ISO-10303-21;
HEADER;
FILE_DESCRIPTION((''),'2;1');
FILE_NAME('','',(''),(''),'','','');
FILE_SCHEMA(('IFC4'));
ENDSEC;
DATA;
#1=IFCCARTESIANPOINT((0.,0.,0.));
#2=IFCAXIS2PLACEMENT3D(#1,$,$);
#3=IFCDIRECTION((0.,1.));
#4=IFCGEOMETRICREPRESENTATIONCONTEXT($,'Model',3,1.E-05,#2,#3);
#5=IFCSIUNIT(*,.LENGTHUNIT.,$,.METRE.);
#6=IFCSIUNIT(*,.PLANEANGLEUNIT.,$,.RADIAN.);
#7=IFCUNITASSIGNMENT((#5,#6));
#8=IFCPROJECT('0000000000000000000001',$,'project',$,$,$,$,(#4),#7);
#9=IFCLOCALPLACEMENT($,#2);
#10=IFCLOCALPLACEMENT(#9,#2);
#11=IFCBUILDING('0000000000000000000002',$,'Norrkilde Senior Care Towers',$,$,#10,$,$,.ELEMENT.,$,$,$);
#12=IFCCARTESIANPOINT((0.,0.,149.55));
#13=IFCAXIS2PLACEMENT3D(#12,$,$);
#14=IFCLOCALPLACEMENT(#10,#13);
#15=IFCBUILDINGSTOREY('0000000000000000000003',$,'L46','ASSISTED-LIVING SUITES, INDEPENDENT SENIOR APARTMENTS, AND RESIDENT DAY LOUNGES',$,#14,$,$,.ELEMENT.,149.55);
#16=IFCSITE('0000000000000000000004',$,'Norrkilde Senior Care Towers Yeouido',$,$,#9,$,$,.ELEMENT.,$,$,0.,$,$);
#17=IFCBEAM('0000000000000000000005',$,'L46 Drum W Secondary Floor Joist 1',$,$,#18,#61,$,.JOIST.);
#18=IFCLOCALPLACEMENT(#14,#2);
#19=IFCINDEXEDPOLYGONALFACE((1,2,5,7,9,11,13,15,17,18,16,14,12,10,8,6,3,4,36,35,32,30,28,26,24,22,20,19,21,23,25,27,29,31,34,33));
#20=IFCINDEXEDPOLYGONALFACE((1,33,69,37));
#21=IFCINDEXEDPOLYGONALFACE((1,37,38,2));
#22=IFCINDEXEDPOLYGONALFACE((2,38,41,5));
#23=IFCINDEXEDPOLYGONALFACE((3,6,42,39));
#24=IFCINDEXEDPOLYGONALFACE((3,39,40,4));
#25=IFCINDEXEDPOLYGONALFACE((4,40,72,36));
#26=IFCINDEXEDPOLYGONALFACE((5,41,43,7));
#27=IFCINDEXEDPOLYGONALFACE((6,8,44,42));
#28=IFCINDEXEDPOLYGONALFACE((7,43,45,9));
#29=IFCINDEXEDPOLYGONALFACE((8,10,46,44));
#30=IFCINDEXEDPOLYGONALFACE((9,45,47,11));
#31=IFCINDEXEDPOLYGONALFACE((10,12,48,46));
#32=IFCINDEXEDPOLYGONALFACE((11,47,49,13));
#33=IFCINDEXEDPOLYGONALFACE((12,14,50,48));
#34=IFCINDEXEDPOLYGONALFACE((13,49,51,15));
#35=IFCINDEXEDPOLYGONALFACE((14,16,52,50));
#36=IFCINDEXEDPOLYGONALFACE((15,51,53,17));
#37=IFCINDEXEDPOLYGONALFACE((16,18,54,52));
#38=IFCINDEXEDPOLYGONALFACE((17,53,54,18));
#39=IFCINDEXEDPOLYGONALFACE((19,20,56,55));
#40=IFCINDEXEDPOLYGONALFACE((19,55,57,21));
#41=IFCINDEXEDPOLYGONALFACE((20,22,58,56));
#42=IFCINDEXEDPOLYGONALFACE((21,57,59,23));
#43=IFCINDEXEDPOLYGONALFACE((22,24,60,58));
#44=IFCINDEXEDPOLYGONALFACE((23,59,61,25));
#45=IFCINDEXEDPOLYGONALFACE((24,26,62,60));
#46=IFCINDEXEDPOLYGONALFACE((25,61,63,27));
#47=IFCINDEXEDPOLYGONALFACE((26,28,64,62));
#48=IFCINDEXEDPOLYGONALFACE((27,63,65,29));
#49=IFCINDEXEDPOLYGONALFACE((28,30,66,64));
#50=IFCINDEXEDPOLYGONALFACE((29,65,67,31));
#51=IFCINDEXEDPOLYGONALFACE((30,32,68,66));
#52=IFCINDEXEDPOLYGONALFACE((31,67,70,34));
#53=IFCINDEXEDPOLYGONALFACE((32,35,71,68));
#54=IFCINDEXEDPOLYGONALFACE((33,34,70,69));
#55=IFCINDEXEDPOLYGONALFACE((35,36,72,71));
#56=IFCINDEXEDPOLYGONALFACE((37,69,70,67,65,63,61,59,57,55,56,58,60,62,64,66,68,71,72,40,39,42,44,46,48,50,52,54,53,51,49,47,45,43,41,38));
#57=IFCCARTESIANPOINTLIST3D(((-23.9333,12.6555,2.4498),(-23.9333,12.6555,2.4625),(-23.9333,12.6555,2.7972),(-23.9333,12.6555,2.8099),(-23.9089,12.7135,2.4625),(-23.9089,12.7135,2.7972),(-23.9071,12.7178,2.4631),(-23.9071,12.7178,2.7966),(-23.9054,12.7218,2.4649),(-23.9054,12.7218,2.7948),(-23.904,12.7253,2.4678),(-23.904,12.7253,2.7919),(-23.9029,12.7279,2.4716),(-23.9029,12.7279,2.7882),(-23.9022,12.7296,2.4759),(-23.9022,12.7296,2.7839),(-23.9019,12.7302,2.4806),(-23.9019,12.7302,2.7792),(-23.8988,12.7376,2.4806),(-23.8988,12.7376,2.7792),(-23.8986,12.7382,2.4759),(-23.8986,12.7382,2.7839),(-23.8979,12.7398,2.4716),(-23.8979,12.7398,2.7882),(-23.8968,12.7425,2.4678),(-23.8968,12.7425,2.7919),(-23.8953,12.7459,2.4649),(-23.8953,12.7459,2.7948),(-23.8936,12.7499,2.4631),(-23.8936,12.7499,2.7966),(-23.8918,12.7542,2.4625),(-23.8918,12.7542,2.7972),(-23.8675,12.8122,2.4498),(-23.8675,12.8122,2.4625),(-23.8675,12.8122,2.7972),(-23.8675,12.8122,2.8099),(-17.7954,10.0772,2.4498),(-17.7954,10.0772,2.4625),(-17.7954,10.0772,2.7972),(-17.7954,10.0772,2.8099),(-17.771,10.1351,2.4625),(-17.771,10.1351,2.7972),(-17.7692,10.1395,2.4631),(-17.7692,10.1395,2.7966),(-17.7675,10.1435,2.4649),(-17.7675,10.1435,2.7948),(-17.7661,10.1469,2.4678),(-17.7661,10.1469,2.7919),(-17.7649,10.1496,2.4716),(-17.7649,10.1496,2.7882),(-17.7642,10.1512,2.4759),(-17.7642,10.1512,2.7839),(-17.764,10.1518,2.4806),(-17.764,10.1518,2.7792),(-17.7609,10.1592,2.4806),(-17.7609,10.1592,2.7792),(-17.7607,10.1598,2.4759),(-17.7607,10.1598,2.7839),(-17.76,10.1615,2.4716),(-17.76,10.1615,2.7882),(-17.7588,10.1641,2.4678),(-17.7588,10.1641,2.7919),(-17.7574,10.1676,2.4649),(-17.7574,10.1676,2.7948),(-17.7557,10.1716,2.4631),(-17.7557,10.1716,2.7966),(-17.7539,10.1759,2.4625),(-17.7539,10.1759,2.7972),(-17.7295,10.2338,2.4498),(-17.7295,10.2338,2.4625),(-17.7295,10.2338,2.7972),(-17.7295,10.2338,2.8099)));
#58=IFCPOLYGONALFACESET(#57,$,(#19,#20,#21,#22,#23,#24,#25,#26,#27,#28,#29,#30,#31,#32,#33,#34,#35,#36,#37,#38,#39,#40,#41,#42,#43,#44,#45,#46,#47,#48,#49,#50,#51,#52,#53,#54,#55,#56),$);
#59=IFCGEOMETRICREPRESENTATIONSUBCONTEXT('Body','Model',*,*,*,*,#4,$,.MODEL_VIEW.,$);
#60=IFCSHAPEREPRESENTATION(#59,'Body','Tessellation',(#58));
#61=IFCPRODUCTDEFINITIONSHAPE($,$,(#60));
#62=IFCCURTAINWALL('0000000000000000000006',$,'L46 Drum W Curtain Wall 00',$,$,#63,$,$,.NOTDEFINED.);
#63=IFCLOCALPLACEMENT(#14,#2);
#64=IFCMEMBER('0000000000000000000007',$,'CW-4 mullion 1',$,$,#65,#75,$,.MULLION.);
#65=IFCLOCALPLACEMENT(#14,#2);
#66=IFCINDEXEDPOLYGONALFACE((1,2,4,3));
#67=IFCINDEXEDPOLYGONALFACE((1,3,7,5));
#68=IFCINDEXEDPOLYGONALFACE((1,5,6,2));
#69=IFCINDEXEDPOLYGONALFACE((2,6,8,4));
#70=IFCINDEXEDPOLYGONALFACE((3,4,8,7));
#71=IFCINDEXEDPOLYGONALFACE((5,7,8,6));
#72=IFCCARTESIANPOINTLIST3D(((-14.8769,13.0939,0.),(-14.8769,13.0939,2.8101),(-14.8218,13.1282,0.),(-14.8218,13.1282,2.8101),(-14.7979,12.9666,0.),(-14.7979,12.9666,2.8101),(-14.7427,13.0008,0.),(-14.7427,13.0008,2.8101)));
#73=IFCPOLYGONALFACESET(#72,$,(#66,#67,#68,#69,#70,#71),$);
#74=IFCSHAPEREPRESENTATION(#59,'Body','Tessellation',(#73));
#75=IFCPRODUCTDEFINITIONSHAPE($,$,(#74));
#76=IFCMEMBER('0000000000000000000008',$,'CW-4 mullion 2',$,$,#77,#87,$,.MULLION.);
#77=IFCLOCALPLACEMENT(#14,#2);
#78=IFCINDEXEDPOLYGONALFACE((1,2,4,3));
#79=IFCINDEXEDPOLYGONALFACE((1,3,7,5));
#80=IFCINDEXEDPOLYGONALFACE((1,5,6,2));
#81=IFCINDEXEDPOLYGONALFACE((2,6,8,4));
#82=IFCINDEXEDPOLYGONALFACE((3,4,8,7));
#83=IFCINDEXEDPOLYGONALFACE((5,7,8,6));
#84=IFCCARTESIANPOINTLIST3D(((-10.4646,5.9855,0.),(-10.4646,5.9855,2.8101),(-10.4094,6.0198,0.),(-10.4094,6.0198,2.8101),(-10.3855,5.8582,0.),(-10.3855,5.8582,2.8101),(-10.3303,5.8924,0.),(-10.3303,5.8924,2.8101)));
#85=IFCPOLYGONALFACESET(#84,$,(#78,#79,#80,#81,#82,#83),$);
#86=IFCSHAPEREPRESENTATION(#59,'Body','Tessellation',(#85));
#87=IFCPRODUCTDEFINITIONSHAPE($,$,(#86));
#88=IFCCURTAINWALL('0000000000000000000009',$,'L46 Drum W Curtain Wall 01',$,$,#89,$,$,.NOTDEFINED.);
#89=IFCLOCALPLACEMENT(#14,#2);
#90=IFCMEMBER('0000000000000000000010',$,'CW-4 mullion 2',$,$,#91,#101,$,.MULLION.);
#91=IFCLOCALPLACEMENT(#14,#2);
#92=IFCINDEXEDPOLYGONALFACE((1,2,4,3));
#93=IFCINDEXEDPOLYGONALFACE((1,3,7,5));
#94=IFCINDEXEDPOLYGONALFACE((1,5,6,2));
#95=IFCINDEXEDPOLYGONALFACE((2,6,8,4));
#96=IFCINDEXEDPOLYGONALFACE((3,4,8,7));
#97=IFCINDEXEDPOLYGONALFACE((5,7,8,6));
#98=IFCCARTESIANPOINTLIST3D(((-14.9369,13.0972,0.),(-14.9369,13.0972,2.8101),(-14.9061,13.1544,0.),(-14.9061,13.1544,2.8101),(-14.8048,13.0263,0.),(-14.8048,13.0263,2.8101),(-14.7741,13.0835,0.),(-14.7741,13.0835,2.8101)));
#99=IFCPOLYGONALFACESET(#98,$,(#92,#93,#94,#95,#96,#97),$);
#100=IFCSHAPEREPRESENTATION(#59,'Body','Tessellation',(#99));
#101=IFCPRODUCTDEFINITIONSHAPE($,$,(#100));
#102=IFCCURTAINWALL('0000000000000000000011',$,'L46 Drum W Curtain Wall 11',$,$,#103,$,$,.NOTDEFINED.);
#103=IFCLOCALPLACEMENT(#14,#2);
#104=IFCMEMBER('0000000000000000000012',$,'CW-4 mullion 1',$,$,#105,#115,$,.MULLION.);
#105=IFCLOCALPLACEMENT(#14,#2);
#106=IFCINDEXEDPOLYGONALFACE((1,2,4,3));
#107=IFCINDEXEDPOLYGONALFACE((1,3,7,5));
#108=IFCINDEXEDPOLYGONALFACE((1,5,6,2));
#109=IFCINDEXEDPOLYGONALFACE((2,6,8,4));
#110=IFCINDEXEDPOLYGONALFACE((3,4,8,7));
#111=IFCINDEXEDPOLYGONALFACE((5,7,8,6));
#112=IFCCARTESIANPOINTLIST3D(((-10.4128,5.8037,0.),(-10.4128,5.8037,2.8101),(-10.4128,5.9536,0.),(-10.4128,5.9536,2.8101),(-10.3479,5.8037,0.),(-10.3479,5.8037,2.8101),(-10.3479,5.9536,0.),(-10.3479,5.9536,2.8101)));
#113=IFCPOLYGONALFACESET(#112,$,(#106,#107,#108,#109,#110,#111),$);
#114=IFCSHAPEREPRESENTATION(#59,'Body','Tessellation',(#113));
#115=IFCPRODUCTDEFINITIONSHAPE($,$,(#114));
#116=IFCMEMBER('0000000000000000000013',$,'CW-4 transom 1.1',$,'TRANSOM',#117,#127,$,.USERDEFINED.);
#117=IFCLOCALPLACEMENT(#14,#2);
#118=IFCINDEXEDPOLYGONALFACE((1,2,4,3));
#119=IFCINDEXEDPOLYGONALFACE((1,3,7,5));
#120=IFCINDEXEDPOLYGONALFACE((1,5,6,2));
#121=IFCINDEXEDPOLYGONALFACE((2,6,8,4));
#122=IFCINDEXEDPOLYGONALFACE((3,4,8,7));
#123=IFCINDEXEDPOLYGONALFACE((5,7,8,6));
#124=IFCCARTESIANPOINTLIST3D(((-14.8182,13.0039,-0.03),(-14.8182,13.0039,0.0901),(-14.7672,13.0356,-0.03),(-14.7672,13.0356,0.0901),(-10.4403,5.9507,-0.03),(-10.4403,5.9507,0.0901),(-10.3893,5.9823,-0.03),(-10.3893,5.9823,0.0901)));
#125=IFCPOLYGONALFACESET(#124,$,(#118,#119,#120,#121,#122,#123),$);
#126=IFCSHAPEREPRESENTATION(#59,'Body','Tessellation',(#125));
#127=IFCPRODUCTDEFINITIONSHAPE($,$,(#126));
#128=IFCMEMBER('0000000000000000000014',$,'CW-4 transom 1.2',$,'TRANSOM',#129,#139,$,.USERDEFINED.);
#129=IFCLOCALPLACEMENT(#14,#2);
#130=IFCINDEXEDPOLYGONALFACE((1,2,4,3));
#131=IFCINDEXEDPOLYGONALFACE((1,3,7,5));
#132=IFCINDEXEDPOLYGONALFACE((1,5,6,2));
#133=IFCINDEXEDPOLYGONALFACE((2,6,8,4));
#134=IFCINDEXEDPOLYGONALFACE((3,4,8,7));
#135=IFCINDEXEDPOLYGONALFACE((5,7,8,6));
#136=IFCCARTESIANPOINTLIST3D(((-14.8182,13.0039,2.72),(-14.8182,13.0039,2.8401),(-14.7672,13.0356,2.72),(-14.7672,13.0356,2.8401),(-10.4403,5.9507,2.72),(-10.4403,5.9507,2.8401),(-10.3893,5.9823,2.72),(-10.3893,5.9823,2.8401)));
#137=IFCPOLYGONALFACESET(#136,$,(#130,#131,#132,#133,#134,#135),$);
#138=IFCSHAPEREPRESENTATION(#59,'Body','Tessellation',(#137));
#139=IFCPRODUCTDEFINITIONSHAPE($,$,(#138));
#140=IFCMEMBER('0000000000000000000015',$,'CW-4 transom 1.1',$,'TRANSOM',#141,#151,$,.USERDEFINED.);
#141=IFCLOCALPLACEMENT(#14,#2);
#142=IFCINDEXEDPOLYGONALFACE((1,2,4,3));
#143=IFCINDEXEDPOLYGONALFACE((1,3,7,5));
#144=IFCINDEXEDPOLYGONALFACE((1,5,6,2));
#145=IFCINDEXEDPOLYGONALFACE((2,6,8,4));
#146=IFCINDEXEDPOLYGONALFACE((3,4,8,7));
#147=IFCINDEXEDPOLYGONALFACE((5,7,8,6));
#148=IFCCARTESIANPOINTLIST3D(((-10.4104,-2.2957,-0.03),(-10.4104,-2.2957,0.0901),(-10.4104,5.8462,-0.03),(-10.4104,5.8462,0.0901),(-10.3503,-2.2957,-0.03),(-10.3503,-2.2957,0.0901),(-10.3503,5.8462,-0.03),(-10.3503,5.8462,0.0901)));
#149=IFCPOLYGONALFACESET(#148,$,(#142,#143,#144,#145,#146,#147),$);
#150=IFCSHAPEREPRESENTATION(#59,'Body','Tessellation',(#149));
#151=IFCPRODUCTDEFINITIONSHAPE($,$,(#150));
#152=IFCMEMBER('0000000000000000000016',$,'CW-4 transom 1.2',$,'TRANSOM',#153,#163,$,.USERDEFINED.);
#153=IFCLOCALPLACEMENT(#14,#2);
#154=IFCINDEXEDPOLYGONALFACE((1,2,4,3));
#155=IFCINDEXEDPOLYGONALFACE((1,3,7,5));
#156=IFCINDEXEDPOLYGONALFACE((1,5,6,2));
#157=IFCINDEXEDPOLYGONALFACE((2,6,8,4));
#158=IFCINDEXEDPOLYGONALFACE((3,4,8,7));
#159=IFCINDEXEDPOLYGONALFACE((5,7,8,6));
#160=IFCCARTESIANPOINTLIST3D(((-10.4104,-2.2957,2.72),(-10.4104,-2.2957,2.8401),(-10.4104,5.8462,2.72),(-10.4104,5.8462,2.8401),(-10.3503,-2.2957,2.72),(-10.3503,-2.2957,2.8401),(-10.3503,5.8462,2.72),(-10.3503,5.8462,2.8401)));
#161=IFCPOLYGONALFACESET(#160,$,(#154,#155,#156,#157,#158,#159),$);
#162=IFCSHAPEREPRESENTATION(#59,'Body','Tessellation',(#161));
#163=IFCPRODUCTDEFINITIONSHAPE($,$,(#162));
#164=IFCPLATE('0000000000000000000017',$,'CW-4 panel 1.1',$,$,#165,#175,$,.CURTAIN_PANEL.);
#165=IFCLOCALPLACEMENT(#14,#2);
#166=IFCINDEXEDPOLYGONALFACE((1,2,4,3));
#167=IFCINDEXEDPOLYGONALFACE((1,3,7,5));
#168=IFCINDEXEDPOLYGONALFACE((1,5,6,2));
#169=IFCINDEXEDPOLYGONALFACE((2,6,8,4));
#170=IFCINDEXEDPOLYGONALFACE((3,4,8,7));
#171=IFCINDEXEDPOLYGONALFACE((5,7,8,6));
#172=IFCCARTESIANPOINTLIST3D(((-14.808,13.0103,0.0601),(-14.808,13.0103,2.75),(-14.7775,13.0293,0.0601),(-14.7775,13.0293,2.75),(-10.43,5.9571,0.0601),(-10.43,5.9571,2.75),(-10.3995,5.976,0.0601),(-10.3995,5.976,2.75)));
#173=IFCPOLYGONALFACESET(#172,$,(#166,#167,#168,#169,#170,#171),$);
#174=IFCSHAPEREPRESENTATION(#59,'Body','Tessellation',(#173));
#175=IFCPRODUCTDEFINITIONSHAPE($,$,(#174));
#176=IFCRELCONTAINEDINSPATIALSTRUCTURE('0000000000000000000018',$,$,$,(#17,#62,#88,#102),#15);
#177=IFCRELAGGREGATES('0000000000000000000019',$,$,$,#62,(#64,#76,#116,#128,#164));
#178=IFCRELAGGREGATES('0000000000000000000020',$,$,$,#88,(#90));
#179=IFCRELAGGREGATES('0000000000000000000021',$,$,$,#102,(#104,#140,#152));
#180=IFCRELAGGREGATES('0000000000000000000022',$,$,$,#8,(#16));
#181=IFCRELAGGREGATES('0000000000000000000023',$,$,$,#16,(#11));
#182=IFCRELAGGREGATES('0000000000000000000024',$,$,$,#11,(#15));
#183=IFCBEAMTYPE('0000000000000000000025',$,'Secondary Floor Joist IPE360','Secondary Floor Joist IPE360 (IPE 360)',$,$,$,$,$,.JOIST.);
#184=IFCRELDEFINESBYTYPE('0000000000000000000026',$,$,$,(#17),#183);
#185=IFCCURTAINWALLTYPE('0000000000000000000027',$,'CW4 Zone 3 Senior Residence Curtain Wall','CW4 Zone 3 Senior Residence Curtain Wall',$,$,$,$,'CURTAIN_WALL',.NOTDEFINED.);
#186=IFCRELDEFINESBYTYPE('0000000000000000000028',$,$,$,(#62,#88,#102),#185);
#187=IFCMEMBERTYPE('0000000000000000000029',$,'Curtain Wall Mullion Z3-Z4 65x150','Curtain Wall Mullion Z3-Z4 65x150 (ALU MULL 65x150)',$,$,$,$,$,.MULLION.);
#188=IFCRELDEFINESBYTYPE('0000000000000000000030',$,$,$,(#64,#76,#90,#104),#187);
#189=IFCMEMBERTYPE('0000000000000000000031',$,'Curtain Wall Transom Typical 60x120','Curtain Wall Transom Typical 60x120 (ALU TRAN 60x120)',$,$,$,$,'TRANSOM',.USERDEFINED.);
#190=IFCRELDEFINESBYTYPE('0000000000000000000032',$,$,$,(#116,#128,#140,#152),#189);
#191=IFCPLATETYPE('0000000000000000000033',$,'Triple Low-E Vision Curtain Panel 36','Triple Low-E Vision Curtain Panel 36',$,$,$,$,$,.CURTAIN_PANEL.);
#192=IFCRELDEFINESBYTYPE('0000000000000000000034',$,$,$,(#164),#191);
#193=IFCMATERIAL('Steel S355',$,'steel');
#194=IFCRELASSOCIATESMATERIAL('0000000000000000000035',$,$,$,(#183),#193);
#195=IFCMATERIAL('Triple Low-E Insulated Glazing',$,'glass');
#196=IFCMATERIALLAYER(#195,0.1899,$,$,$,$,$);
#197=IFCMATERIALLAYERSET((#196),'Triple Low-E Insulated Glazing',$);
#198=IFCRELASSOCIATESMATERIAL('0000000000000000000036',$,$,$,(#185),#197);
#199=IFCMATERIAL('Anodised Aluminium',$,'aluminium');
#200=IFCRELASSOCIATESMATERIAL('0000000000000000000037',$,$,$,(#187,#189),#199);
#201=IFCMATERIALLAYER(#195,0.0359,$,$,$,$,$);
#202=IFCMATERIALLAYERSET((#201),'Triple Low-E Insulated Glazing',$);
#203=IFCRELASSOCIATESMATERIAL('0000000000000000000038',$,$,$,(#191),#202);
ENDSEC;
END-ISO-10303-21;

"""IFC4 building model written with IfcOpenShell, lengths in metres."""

from ifc_helpers import new_model, si_unit, direction, frame, origin, origin_2d, place, context, subcontext, project, spatial, rectangle, i_section, extrude, source, transform, mapped, material, layer, layer_set, material_profile, profile_set, type_object, type_shapes, element, aggregate, save


model = new_model("IFC4")

# Units and contexts
model_context = context("Model", 3, precision=1e-05, world=origin(), true_north=direction((0.0, 1.0)))
body_context = subcontext(model_context, "Body", "Model", "MODEL_VIEW")
ifc_project = project(units=[si_unit("LENGTHUNIT", "METRE"), si_unit("PLANEANGLEUNIT", "RADIAN")], contexts=[model_context])

# Site, building, storey
site_placement = place(None, origin())
site = spatial("IfcSite", under=ifc_project, at=site_placement, Name="Norrkilde Senior Care Towers Yeouido", CompositionType="ELEMENT", RefElevation=0.0)
building_placement = place(site_placement, origin())
building = spatial("IfcBuilding", under=site, at=building_placement, Name="Norrkilde Senior Care Towers", CompositionType="ELEMENT")
storey_placement = place(building_placement, frame((0.0, 0.0, 149.55)))
storey = spatial("IfcBuildingStorey", under=building, at=storey_placement, Name="L46", Description="ASSISTED-LIVING SUITES, INDEPENDENT SENIOR APARTMENTS, AND RESIDENT DAY LOUNGES", CompositionType="ELEMENT", Elevation=149.55)

# Beam
ifc_material_1 = material(Name="Steel S355", Category="steel")
ifc_material_profile_1 = material_profile(ifc_material_1, i_section(OverallWidth=0.1699, OverallDepth=0.3601, WebThickness=0.0081, FlangeThickness=0.0127, FilletRadius=0.0181, at=origin_2d()), Name="IPE 360")
ifc_profile_set_1 = profile_set([ifc_material_profile_1], Name="Steel S355")
beam_type_1 = type_object("IfcBeamType", Name="Secondary Floor Joist IPE360", Description="Secondary Floor Joist IPE360 (IPE 360)", PredefinedType="JOIST", material=ifc_profile_set_1)
shared_shape_1 = source(origin(), body_context, "Body", "SweptSolid", [
    extrude(i_section(OverallWidth=0.1699, OverallDepth=0.3601, WebThickness=0.0081, FlangeThickness=0.0127, FilletRadius=0.0181, at=origin_2d()), origin(), (0.0, 0.0, 1.0), 6.6575),
])
type_shapes(beam_type_1, [shared_shape_1])
beam_1_placement = place(storey_placement, frame((-17.7625, 10.1555, 2.6299), z_axis=(-0.921959, 0.387288, 0.0), x_axis=(-0.387288, -0.921959, 0.0)))
element("IfcBeam", 1, at=beam_1_placement, inside=storey, type_object=beam_type_1, Name="L46 Drum W Secondary Floor Joist 1", PredefinedType="JOIST", context=body_context, shape_type="MappedRepresentation", body=[
    mapped(shared_shape_1, transform((0.0, 0.0, 0.0), x_axis=(1.0, 0.0, 0.0), y_axis=(0.0, 1.0, 0.0), z_axis=(0.0, 0.0, 1.0), scale=1.0)),
])

# Curtain wall, members
ifc_material_2 = material(Name="Triple Low-E Insulated Glazing", Category="glass")
ifc_layer_1 = layer(ifc_material_2, 0.1899)
ifc_layer_set_1 = layer_set([ifc_layer_1], Name="Triple Low-E Insulated Glazing")
curtain_wall_type = type_object("IfcCurtainWallType", Name="CW4 Zone 3 Senior Residence Curtain Wall", Description="CW4 Zone 3 Senior Residence Curtain Wall", ElementType="CURTAIN_WALL", PredefinedType="NOTDEFINED", material=ifc_layer_set_1)
curtain_wall_1_placement = place(storey_placement, origin())
curtain_wall_1 = element("IfcCurtainWall", 2, at=curtain_wall_1_placement, inside=storey, type_object=curtain_wall_type, Name="L46 Drum W Curtain Wall 00", PredefinedType="NOTDEFINED")
ifc_material_3 = material(Name="Anodised Aluminium", Category="aluminium")
ifc_material_profile_2 = material_profile(ifc_material_3, rectangle(XDim=0.0649, YDim=0.1499, at=origin_2d()), Name="ALU MULL 65x150")
ifc_profile_set_2 = profile_set([ifc_material_profile_2], Name="Anodised Aluminium")
member_type_1 = type_object("IfcMemberType", Name="Curtain Wall Mullion Z3-Z4 65x150", Description="Curtain Wall Mullion Z3-Z4 65x150 (ALU MULL 65x150)", PredefinedType="MULLION", material=ifc_profile_set_2)
shared_shape_2 = source(origin(), body_context, "Body", "SweptSolid", [
    extrude(rectangle(XDim=0.0649, YDim=0.1499, at=origin_2d()), origin(), (0.0, 0.0, 1.0), 2.8101),
])
type_shapes(member_type_1, [shared_shape_2])
member_1_placement = place(storey_placement, frame((-14.8098, 13.0474, 0.0), z_axis=(0.0, 0.0, 1.0), x_axis=(0.849634, 0.527373, 0.0)))
member_1 = element("IfcMember", 3, at=member_1_placement, type_object=member_type_1, Name="CW-4 mullion 1", PredefinedType="MULLION", context=body_context, shape_type="MappedRepresentation", body=[
    mapped(shared_shape_2, transform((0.0, 0.0, 0.0), x_axis=(1.0, 0.0, 0.0), y_axis=(0.0, 1.0, 0.0), z_axis=(0.0, 0.0, 1.0), scale=1.0)),
])
member_2_placement = place(storey_placement, frame((-10.3975, 5.939, 0.0), z_axis=(0.0, 0.0, 1.0), x_axis=(0.849634, 0.527373, 0.0)))
member_2 = element("IfcMember", 4, at=member_2_placement, type_object=member_type_1, Name="CW-4 mullion 2", PredefinedType="MULLION", context=body_context, shape_type="MappedRepresentation", body=[
    mapped(shared_shape_2, transform((0.0, 0.0, 0.0), x_axis=(1.0, 0.0, 0.0), y_axis=(0.0, 1.0, 0.0), z_axis=(0.0, 0.0, 1.0), scale=1.0)),
])

# Curtain walls, members
curtain_wall_2_placement = place(storey_placement, origin())
curtain_wall_2 = element("IfcCurtainWall", 5, at=curtain_wall_2_placement, inside=storey, type_object=curtain_wall_type, Name="L46 Drum W Curtain Wall 01", PredefinedType="NOTDEFINED")
member_3_placement = place(storey_placement, frame((-14.8555, 13.0903, 0.0), z_axis=(0.0, 0.0, 1.0), x_axis=(0.473117, 0.881, 0.0)))
member_3 = element("IfcMember", 6, at=member_3_placement, type_object=member_type_1, Name="CW-4 mullion 2", PredefinedType="MULLION", context=body_context, shape_type="MappedRepresentation", body=[
    mapped(shared_shape_2, transform((0.0, 0.0, 0.0), x_axis=(1.0, 0.0, 0.0), y_axis=(0.0, 1.0, 0.0), z_axis=(0.0, 0.0, 1.0), scale=1.0)),
])
curtain_wall_3_placement = place(storey_placement, origin())
curtain_wall_3 = element("IfcCurtainWall", 7, at=curtain_wall_3_placement, inside=storey, type_object=curtain_wall_type, Name="L46 Drum W Curtain Wall 11", PredefinedType="NOTDEFINED")
member_4_placement = place(storey_placement, frame((-10.3804, 5.8787, 0.0), z_axis=(0.0, 0.0, 1.0), x_axis=(1.0, 0.0, 0.0)))
member_4 = element("IfcMember", 8, at=member_4_placement, type_object=member_type_1, Name="CW-4 mullion 1", PredefinedType="MULLION", context=body_context, shape_type="MappedRepresentation", body=[
    mapped(shared_shape_2, transform((0.0, 0.0, 0.0), x_axis=(1.0, 0.0, 0.0), y_axis=(0.0, 1.0, 0.0), z_axis=(0.0, 0.0, 1.0), scale=1.0)),
])

# Members
ifc_material_profile_3 = material_profile(ifc_material_3, rectangle(XDim=0.0601, YDim=0.1201, at=origin_2d()), Name="ALU TRAN 60x120")
ifc_profile_set_3 = profile_set([ifc_material_profile_3], Name="Anodised Aluminium")
member_type_2 = type_object("IfcMemberType", Name="Curtain Wall Transom Typical 60x120", Description="Curtain Wall Transom Typical 60x120 (ALU TRAN 60x120)", ElementType="TRANSOM", PredefinedType="USERDEFINED", material=ifc_profile_set_3)
shared_shape_3 = source(origin(), body_context, "Body", "SweptSolid", [
    extrude(rectangle(XDim=0.0601, YDim=0.1201, at=origin_2d()), origin(), (0.0, 0.0, 1.0), 8.3015),
])
member_5_placement = place(storey_placement, frame((-14.7927, 13.0198, 0.03), z_axis=(0.527369, -0.849637, 0.0), x_axis=(0.849637, 0.527369, 0.0)))
member_5 = element("IfcMember", 9, at=member_5_placement, type_object=member_type_2, Name="CW-4 transom 1.1", ObjectType="TRANSOM", PredefinedType="USERDEFINED", context=body_context, shape_type="MappedRepresentation", body=[
    mapped(shared_shape_3, transform((0.0, 0.0, 0.0), x_axis=(1.0, 0.0, 0.0), y_axis=(0.0, 1.0, 0.0), z_axis=(0.0, 0.0, 1.0), scale=1.0)),
])
member_6_placement = place(storey_placement, frame((-14.7927, 13.0198, 2.78), z_axis=(0.527369, -0.849637, 0.0), x_axis=(0.849637, 0.527369, 0.0)))
member_6 = element("IfcMember", 10, at=member_6_placement, type_object=member_type_2, Name="CW-4 transom 1.2", ObjectType="TRANSOM", PredefinedType="USERDEFINED", context=body_context, shape_type="MappedRepresentation", body=[
    mapped(shared_shape_3, transform((0.0, 0.0, 0.0), x_axis=(1.0, 0.0, 0.0), y_axis=(0.0, 1.0, 0.0), z_axis=(0.0, 0.0, 1.0), scale=1.0)),
])
shared_shape_4 = source(origin(), body_context, "Body", "SweptSolid", [
    extrude(rectangle(XDim=0.0601, YDim=0.1201, at=origin_2d()), origin(), (0.0, 0.0, 1.0), 8.1418),
])
type_shapes(member_type_2, [shared_shape_3, shared_shape_4])
member_7_placement = place(storey_placement, frame((-10.3804, 5.8462, 0.03), z_axis=(0.0, -1.0, 0.0), x_axis=(1.0, 0.0, 0.0)))
member_7 = element("IfcMember", 11, at=member_7_placement, type_object=member_type_2, Name="CW-4 transom 1.1", ObjectType="TRANSOM", PredefinedType="USERDEFINED", context=body_context, shape_type="MappedRepresentation", body=[
    mapped(shared_shape_4, transform((0.0, 0.0, 0.0), x_axis=(1.0, 0.0, 0.0), y_axis=(0.0, 1.0, 0.0), z_axis=(0.0, 0.0, 1.0), scale=1.0)),
])
member_8_placement = place(storey_placement, frame((-10.3804, 5.8462, 2.78), z_axis=(0.0, -1.0, 0.0), x_axis=(1.0, 0.0, 0.0)))
member_8 = element("IfcMember", 12, at=member_8_placement, type_object=member_type_2, Name="CW-4 transom 1.2", ObjectType="TRANSOM", PredefinedType="USERDEFINED", context=body_context, shape_type="MappedRepresentation", body=[
    mapped(shared_shape_4, transform((0.0, 0.0, 0.0), x_axis=(1.0, 0.0, 0.0), y_axis=(0.0, 1.0, 0.0), z_axis=(0.0, 0.0, 1.0), scale=1.0)),
])

# Plate
ifc_layer_2 = layer(ifc_material_2, 0.0359)
ifc_layer_set_2 = layer_set([ifc_layer_2], Name="Triple Low-E Insulated Glazing")
plate_type = type_object("IfcPlateType", Name="Triple Low-E Vision Curtain Panel 36", Description="Triple Low-E Vision Curtain Panel 36", PredefinedType="CURTAIN_PANEL", material=ifc_layer_set_2)
shared_shape_5 = source(origin(), body_context, "Body", "SweptSolid", [
    extrude(rectangle(XDim=8.3015, YDim=0.0359, at=origin_2d()), origin(), (0.0, 0.0, 1.0), 2.6899),
])
plate_1_placement = place(storey_placement, frame((-12.6038, 9.4932, 0.0601), z_axis=(0.0, 0.0, 1.0), x_axis=(0.527373, -0.849634, 0.0)))
plate_1 = element("IfcPlate", 13, at=plate_1_placement, type_object=plate_type, Name="CW-4 panel 1.1", PredefinedType="CURTAIN_PANEL", context=body_context, shape_type="MappedRepresentation", body=[
    mapped(shared_shape_5, transform((0.0, 0.0, 0.0), x_axis=(1.0, 0.0, 0.0), y_axis=(0.0, 1.0, 0.0), z_axis=(0.0, 0.0, 1.0), scale=1.0)),
])
aggregate(curtain_wall_1, [member_1, member_2, member_5, member_6, plate_1])
aggregate(curtain_wall_2, [member_3])
aggregate(curtain_wall_3, [member_4, member_7, member_8])

save(model, "model.ifc")
